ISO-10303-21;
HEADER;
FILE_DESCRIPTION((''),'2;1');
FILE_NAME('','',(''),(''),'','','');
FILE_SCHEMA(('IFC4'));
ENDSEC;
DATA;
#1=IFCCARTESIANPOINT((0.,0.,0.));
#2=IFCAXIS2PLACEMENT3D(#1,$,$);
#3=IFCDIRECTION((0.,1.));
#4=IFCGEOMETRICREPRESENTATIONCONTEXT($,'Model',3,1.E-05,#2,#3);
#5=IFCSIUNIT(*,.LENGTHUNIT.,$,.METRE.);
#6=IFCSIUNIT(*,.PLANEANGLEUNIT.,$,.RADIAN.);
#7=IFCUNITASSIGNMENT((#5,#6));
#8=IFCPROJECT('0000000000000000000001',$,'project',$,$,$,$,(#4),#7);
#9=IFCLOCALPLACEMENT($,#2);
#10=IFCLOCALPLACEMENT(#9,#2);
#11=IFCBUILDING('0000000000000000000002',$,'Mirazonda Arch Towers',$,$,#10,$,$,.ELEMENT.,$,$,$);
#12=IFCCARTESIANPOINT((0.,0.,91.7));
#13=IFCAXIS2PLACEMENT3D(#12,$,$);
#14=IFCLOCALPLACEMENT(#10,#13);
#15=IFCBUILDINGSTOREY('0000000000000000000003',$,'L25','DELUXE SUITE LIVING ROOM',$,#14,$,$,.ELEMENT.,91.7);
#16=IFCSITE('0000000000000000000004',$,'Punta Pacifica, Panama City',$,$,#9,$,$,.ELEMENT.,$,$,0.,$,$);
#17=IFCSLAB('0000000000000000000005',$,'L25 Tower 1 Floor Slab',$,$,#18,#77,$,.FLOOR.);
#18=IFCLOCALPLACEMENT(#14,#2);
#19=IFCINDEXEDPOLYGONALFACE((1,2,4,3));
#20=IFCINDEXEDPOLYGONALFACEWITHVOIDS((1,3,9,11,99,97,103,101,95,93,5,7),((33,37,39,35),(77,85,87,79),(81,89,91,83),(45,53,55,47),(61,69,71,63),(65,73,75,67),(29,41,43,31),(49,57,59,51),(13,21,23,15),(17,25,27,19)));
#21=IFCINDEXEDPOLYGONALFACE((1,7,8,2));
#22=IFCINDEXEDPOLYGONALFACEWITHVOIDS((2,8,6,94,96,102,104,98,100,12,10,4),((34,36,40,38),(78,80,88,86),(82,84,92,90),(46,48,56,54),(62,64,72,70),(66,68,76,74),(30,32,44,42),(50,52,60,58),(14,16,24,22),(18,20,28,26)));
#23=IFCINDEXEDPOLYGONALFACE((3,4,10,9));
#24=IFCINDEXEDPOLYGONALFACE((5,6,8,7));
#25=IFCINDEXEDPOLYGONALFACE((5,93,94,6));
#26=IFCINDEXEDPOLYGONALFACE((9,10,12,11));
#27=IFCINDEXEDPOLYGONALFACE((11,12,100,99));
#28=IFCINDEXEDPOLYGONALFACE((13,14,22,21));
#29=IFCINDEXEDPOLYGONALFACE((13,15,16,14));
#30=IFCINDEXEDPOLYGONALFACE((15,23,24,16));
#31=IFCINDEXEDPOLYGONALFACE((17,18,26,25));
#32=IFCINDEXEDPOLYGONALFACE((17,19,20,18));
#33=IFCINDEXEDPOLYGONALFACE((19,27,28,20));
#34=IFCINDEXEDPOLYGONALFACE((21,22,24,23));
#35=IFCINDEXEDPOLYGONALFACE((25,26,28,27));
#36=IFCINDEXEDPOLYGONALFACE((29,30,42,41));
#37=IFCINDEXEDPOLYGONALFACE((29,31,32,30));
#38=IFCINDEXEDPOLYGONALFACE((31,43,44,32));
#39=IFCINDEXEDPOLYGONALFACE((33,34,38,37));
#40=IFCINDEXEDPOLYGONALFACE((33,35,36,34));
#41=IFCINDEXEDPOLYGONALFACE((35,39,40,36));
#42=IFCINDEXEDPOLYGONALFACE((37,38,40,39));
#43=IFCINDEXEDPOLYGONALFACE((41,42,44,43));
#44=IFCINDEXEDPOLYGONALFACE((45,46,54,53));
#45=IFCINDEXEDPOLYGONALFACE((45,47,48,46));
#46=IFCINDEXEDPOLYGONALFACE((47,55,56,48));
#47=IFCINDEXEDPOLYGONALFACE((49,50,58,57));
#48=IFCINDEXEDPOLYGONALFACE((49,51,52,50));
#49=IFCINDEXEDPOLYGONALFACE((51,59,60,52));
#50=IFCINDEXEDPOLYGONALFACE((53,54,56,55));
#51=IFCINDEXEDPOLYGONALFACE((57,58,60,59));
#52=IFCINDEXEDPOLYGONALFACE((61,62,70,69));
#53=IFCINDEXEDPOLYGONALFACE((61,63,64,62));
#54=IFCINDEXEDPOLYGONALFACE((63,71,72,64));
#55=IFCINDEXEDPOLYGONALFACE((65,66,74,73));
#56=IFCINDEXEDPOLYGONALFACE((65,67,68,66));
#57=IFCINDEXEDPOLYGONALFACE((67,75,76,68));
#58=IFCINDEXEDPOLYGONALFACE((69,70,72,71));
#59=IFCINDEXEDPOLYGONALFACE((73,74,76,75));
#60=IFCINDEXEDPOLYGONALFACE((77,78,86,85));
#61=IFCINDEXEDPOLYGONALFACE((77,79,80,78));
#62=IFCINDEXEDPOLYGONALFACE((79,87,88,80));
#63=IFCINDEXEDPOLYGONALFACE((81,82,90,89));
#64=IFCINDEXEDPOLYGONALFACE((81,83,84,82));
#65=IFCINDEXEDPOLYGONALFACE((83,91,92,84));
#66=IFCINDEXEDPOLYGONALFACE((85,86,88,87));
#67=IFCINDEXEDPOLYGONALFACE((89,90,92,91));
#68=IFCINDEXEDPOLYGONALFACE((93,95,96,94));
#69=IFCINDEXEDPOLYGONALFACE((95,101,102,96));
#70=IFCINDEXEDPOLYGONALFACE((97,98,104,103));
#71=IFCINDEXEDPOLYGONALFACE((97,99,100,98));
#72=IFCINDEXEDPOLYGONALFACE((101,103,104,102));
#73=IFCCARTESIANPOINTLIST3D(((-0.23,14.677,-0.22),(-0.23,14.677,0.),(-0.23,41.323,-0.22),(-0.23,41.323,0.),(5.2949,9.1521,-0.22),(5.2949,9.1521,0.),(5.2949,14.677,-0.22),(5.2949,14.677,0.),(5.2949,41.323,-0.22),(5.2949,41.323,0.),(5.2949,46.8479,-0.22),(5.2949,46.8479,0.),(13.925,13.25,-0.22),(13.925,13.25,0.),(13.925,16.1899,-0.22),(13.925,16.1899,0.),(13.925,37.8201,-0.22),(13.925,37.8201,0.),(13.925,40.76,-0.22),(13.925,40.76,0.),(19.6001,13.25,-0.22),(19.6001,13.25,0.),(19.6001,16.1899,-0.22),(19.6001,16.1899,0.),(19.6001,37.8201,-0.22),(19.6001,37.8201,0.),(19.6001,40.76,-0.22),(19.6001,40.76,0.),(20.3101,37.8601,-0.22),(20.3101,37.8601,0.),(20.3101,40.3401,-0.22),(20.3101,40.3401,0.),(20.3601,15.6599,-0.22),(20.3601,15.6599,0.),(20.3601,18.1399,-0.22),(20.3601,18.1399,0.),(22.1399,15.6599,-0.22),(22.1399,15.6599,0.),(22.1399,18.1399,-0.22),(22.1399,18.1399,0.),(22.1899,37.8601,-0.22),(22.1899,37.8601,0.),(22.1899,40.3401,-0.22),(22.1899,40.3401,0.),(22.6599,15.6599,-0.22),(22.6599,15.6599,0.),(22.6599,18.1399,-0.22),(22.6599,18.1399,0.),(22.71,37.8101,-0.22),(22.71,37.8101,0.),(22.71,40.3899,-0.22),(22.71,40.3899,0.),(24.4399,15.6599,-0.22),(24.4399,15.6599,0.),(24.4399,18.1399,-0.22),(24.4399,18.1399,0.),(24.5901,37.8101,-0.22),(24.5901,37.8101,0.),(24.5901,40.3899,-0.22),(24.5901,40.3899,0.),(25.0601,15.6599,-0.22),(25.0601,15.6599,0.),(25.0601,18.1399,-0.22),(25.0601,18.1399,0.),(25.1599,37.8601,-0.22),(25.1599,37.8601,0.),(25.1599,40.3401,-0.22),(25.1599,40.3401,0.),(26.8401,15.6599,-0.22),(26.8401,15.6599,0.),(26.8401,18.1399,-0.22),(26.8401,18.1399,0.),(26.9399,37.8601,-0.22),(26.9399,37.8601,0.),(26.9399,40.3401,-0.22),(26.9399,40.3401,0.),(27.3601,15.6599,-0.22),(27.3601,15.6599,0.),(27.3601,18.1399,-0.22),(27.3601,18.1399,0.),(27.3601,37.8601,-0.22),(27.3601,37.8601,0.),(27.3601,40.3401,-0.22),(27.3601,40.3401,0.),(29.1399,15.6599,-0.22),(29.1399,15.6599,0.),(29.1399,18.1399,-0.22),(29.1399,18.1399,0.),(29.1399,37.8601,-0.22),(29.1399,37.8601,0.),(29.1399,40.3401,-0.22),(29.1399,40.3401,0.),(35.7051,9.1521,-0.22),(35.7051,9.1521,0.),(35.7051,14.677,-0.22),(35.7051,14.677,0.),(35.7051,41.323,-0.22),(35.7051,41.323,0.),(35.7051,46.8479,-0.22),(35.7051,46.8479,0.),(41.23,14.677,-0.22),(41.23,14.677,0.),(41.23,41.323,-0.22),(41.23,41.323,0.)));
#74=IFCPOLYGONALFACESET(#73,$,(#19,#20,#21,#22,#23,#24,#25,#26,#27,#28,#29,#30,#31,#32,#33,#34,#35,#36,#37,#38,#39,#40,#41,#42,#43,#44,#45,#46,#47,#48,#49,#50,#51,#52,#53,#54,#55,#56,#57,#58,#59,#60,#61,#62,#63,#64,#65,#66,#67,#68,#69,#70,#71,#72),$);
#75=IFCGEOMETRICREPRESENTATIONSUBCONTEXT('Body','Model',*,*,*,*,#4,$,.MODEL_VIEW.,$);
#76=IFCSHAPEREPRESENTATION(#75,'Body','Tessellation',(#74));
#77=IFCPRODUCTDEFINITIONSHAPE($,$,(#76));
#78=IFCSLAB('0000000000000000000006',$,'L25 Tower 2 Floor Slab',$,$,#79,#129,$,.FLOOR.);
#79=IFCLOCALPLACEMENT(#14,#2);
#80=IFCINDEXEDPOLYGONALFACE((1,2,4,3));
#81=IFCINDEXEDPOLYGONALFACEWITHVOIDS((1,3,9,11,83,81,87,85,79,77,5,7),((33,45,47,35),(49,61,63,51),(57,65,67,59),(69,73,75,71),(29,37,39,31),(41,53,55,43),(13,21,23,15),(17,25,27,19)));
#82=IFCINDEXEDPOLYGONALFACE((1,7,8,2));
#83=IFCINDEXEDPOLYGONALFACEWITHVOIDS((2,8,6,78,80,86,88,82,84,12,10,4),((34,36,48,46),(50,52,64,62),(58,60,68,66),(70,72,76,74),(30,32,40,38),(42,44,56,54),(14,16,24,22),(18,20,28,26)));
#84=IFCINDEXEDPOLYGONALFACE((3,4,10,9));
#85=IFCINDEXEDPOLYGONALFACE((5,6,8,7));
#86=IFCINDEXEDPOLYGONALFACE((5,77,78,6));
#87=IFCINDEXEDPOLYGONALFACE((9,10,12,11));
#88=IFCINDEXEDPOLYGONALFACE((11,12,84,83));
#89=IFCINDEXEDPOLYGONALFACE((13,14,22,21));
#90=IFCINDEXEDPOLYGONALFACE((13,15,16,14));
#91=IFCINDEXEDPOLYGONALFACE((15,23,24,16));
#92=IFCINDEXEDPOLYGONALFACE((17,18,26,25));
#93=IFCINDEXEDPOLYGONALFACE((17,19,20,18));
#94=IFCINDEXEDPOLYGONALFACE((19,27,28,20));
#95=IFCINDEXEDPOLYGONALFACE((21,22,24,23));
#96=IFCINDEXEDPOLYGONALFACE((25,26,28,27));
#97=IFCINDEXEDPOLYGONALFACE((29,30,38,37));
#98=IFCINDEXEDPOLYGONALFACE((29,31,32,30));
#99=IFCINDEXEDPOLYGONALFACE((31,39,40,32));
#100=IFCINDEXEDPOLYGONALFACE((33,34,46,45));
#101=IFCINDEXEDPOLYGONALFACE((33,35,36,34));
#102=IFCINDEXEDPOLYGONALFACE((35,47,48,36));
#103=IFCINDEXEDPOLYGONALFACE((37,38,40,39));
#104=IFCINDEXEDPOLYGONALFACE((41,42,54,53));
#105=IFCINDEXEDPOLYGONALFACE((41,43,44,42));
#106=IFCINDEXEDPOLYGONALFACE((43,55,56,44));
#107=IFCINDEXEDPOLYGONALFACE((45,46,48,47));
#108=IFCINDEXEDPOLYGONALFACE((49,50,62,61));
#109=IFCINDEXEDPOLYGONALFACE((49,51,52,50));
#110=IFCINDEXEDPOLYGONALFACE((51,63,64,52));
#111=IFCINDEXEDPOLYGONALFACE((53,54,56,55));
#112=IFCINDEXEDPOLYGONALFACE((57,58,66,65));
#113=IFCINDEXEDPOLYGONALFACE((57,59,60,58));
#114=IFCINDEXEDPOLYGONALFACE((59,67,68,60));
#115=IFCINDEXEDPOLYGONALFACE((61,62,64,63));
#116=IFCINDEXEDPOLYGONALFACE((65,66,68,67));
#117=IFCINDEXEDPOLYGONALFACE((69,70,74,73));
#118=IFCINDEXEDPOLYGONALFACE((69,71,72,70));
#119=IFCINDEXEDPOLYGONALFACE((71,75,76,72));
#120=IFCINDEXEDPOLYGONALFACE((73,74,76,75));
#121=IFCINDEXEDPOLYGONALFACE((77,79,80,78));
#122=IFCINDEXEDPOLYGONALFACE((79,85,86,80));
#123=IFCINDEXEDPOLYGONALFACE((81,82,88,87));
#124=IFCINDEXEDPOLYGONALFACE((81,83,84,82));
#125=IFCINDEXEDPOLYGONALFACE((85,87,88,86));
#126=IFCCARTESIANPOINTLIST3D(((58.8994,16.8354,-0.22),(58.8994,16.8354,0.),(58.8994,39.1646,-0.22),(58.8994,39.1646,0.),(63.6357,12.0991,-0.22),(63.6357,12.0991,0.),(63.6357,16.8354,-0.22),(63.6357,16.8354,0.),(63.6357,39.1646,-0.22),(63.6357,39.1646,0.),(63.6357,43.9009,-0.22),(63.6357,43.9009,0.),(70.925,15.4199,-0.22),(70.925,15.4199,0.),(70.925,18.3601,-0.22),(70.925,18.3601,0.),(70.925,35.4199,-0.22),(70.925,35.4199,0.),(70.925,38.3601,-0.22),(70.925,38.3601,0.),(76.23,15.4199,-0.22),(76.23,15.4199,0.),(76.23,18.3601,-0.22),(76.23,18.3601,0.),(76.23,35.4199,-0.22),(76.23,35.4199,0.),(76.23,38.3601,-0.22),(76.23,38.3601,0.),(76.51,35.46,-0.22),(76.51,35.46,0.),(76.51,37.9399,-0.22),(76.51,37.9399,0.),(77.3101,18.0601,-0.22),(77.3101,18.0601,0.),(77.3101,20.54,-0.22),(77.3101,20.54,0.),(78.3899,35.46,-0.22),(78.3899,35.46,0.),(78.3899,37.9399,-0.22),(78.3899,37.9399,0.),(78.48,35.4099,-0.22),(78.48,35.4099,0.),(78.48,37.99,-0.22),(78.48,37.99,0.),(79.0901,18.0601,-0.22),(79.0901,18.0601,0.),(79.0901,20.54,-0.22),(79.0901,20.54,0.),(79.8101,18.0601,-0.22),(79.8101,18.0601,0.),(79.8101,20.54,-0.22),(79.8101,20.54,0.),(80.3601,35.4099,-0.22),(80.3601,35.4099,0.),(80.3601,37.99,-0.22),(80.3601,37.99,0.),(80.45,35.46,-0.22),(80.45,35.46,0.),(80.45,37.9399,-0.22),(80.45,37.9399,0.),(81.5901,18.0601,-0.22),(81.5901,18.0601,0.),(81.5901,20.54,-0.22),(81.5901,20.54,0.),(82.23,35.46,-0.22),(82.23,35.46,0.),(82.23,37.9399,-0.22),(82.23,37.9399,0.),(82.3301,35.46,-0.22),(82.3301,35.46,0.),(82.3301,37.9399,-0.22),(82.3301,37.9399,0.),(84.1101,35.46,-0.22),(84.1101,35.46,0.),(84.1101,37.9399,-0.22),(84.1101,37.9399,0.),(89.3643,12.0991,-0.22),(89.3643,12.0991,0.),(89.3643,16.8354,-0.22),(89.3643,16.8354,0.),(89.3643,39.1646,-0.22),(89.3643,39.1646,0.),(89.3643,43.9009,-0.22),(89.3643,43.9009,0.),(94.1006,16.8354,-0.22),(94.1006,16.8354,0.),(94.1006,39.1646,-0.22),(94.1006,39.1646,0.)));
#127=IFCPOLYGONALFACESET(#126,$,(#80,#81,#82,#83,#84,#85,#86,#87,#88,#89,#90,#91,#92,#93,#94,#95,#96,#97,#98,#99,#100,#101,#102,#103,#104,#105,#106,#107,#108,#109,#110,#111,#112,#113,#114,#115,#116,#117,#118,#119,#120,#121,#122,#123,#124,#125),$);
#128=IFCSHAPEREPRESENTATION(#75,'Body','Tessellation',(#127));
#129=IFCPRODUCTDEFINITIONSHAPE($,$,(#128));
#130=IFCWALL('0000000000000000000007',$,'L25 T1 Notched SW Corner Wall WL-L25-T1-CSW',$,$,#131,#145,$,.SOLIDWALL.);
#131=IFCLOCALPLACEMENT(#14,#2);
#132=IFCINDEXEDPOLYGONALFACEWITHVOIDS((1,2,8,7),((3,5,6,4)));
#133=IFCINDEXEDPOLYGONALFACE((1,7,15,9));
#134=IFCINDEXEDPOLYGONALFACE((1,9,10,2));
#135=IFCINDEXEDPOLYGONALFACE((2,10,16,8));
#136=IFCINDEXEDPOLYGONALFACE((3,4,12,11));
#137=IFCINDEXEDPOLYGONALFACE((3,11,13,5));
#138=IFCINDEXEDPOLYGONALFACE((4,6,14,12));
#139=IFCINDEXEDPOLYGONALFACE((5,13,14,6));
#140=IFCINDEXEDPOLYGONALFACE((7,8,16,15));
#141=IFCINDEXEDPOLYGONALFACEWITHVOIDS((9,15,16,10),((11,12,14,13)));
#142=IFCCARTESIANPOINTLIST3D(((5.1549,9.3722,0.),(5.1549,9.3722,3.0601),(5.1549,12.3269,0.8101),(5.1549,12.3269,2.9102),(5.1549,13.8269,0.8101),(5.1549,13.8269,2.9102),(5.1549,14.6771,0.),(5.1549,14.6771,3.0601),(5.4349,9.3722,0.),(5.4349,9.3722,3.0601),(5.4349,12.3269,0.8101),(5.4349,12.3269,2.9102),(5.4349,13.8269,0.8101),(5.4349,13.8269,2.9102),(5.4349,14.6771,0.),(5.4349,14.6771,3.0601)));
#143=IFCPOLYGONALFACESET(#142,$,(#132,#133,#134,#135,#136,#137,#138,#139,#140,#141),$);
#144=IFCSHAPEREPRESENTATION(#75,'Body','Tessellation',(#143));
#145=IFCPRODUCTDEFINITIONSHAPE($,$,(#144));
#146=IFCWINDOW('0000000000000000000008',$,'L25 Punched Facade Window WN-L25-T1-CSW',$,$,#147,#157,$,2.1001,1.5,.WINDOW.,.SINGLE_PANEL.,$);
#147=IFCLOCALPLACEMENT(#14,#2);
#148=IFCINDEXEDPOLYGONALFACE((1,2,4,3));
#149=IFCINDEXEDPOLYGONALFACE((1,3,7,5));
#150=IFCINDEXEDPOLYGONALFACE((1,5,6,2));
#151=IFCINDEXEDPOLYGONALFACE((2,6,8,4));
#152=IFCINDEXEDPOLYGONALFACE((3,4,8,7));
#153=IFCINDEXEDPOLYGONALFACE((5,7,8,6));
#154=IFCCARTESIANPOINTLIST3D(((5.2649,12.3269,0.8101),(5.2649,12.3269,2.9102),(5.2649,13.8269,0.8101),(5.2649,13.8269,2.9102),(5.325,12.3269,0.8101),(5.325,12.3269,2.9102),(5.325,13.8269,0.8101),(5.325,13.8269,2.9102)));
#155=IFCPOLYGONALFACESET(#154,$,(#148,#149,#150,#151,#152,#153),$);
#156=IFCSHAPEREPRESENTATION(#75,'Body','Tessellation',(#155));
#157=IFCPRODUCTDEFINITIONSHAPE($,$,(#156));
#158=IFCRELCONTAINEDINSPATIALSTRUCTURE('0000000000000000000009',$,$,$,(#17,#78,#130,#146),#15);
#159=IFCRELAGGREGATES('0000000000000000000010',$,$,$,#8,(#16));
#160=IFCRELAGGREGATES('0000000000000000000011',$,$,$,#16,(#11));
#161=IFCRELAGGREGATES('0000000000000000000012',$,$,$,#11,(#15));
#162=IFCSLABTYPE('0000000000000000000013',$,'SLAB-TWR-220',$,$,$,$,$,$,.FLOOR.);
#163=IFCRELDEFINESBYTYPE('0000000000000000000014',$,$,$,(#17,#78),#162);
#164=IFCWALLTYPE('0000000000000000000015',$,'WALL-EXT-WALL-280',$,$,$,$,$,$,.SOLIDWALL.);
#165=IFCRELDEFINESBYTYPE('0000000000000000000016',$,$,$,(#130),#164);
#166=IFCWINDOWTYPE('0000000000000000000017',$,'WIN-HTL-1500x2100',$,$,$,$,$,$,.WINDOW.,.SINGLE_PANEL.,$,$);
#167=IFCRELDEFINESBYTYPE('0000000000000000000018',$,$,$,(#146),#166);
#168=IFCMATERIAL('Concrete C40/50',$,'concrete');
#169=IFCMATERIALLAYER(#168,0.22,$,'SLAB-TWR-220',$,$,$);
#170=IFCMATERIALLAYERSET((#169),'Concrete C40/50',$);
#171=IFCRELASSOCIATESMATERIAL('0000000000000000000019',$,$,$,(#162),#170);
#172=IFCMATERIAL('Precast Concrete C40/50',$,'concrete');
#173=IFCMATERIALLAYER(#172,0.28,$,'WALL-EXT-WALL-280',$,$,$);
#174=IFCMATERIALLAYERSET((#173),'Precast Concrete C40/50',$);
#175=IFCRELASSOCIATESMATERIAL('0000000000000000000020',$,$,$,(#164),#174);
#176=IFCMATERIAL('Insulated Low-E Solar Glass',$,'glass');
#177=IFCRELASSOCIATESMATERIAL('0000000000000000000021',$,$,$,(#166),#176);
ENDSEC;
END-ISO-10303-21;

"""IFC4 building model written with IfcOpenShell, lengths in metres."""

from ifc_helpers import new_model, si_unit, direction, frame, frame_2d, origin, place, context, subcontext, project, spatial, polyline, rectangle, outline, extrude, material, layer, layer_set, type_object, element, fill, save


model = new_model("IFC4")

# Units and contexts
model_context = context("Model", 3, precision=1e-05, world=origin(), true_north=direction((0.0, 1.0)))
body_context = subcontext(model_context, "Body", "Model", "MODEL_VIEW")
ifc_project = project(units=[si_unit("LENGTHUNIT", "METRE"), si_unit("PLANEANGLEUNIT", "RADIAN")], contexts=[model_context])

# Site, building, storey
site_placement = place(None, origin())
site = spatial("IfcSite", under=ifc_project, at=site_placement, Name="Punta Pacifica, Panama City", CompositionType="ELEMENT", RefElevation=0.0)
building_placement = place(site_placement, origin())
building = spatial("IfcBuilding", under=site, at=building_placement, Name="Mirazonda Arch Towers", CompositionType="ELEMENT")
storey_placement = place(building_placement, frame((0.0, 0.0, 91.7)))
storey = spatial("IfcBuildingStorey", under=building, at=storey_placement, Name="L25", Description="DELUXE SUITE LIVING ROOM", CompositionType="ELEMENT", Elevation=91.7)

# Shared definitions
ifc_material_1 = material(Name="Insulated Low-E Solar Glass", Category="glass")

# Shared definitions
ifc_material_2 = material(Name="Concrete C40/50", Category="concrete")

# Slabs
ifc_layer_1 = layer(ifc_material_2, 0.22, Name="SLAB-TWR-220")
ifc_layer_set_1 = layer_set([ifc_layer_1], Name="Concrete C40/50")
slab_type_1 = type_object("IfcSlabType", Name="SLAB-TWR-220", PredefinedType="FLOOR", material=ifc_layer_set_1)
slab_1_placement = place(storey_placement, frame((0.0, 0.0, -0.22)))
element("IfcSlab", 1, at=slab_1_placement, inside=storey, type_object=slab_type_1, Name="L25 Tower 1 Floor Slab", PredefinedType="FLOOR", context=body_context, shape_type="SweptSolid", body=[
    extrude(outline(polyline([(5.2949, 9.1521), (35.7051, 9.1521), (35.7051, 14.677), (41.23, 14.677), (41.23, 41.323), (35.7051, 41.323), (35.7051, 46.8479), (5.2949, 46.8479), (5.2949, 41.323), (-0.23, 41.323), (-0.23, 14.677), (5.2949, 14.677), (5.2949, 9.1521)]), holes=[polyline([(29.1399, 18.1399), (29.1399, 15.6599), (27.3601, 15.6599), (27.3601, 18.1399), (29.1399, 18.1399)]), polyline([(29.1399, 40.3401), (29.1399, 37.8601), (27.3601, 37.8601), (27.3601, 40.3401), (29.1399, 40.3401)]), polyline([(25.1599, 40.3401), (26.9399, 40.3401), (26.9399, 37.8601), (25.1599, 37.8601), (25.1599, 40.3401)]), polyline([(26.8401, 18.1399), (26.8401, 15.6599), (25.0601, 15.6599), (25.0601, 18.1399), (26.8401, 18.1399)]), polyline([(22.71, 40.3899), (24.5901, 40.3899), (24.5901, 37.8101), (22.71, 37.8101), (22.71, 40.3899)]), polyline([(22.6599, 18.1399), (24.4399, 18.1399), (24.4399, 15.6599), (22.6599, 15.6599), (22.6599, 18.1399)]), polyline([(20.3101, 40.3401), (22.1899, 40.3401), (22.1899, 37.8601), (20.3101, 37.8601), (20.3101, 40.3401)]), polyline([(20.3601, 18.1399), (22.1399, 18.1399), (22.1399, 15.6599), (20.3601, 15.6599), (20.3601, 18.1399)]), polyline([(13.925, 40.76), (19.6001, 40.76), (19.6001, 37.8201), (13.925, 37.8201), (13.925, 40.76)]), polyline([(13.925, 13.25), (13.925, 16.1899), (19.6001, 16.1899), (19.6001, 13.25), (13.925, 13.25)])]), origin(), (0.0, 0.0, 1.0), 0.22),
])
slab_2_placement = place(storey_placement, frame((0.0, 0.0, -0.22)))
element("IfcSlab", 2, at=slab_2_placement, inside=storey, type_object=slab_type_1, Name="L25 Tower 2 Floor Slab", PredefinedType="FLOOR", context=body_context, shape_type="SweptSolid", body=[
    extrude(outline(polyline([(63.6357, 12.0991), (89.3643, 12.0991), (89.3643, 16.8354), (94.1006, 16.8354), (94.1006, 39.1646), (89.3643, 39.1646), (89.3643, 43.9009), (63.6357, 43.9009), (63.6357, 39.1646), (58.8994, 39.1646), (58.8994, 16.8354), (63.6357, 16.8354), (63.6357, 12.0991)]), holes=[polyline([(82.3301, 37.9399), (84.1101, 37.9399), (84.1101, 35.46), (82.3301, 35.46), (82.3301, 37.9399)]), polyline([(80.45, 37.9399), (82.23, 37.9399), (82.23, 35.46), (80.45, 35.46), (80.45, 37.9399)]), polyline([(79.8101, 20.54), (81.5901, 20.54), (81.5901, 18.0601), (79.8101, 18.0601), (79.8101, 20.54)]), polyline([(78.48, 37.99), (80.3601, 37.99), (80.3601, 35.4099), (78.48, 35.4099), (78.48, 37.99)]), polyline([(77.3101, 20.54), (79.0901, 20.54), (79.0901, 18.0601), (77.3101, 18.0601), (77.3101, 20.54)]), polyline([(76.51, 37.9399), (78.3899, 37.9399), (78.3899, 35.46), (76.51, 35.46), (76.51, 37.9399)]), polyline([(70.925, 15.4199), (70.925, 18.3601), (76.23, 18.3601), (76.23, 15.4199), (70.925, 15.4199)]), polyline([(70.925, 35.4199), (70.925, 38.3601), (76.23, 38.3601), (76.23, 35.4199), (70.925, 35.4199)])]), origin(), (0.0, 0.0, 1.0), 0.22),
])

# Wall, opening, window
ifc_material_3 = material(Name="Precast Concrete C40/50", Category="concrete")
ifc_layer_2 = layer(ifc_material_3, 0.28, Name="WALL-EXT-WALL-280")
ifc_layer_set_2 = layer_set([ifc_layer_2], Name="Precast Concrete C40/50")
wall_type_1 = type_object("IfcWallType", Name="WALL-EXT-WALL-280", PredefinedType="SOLIDWALL", material=ifc_layer_set_2)
wall_1_placement = place(storey_placement, frame((5.2949, 14.677, 0.0), z_axis=(0.0, 0.0, 1.0), x_axis=(0.0, -1.0, 0.0)))
wall_1 = element("IfcWall", 3, at=wall_1_placement, inside=storey, type_object=wall_type_1, Name="L25 T1 Notched SW Corner Wall WL-L25-T1-CSW", PredefinedType="SOLIDWALL", context=body_context, shape_type="SweptSolid", body=[
    extrude(rectangle(XDim=5.3049, YDim=0.28, at=frame_2d((2.6523, 0.0))), origin(), (0.0, 0.0, 1.0), 3.0601),
])
opening_1_placement = place(wall_1_placement, frame((0.8501, 0.0, 0.8101)))
opening_1 = element("IfcOpeningElement", 4, at=opening_1_placement, cuts=wall_1, PredefinedType="OPENING", context=body_context, shape_type="SweptSolid", body=[
    extrude(rectangle(XDim=1.5, YDim=2.1001, at=frame_2d((0.75, 1.05))), frame((0.0, 0.1499, 0.0), z_axis=(0.0, -1.0, 0.0), x_axis=(1.0, 0.0, 0.0)), (0.0, 0.0, 1.0), 0.3),
])
window_type_1 = type_object("IfcWindowType", Name="WIN-HTL-1500x2100", PartitioningType="SINGLE_PANEL", PredefinedType="WINDOW", material=ifc_material_1)
window_1_placement = place(opening_1_placement, origin())
window_1 = element("IfcWindow", 5, at=window_1_placement, inside=storey, type_object=window_type_1, Name="L25 Punched Facade Window WN-L25-T1-CSW", OverallHeight=2.1001, OverallWidth=1.5, PartitioningType="SINGLE_PANEL", PredefinedType="WINDOW", context=body_context, shape_type="SweptSolid", body=[
    extrude(rectangle(XDim=1.5, YDim=2.1001, at=frame_2d((0.75, 1.05))), frame((0.0, 0.03, 0.0), z_axis=(0.0, -1.0, 0.0), x_axis=(1.0, 0.0, 0.0)), (0.0, 0.0, 1.0), 0.0601),
])
fill(opening_1, window_1)

save(model, "model.ifc")
